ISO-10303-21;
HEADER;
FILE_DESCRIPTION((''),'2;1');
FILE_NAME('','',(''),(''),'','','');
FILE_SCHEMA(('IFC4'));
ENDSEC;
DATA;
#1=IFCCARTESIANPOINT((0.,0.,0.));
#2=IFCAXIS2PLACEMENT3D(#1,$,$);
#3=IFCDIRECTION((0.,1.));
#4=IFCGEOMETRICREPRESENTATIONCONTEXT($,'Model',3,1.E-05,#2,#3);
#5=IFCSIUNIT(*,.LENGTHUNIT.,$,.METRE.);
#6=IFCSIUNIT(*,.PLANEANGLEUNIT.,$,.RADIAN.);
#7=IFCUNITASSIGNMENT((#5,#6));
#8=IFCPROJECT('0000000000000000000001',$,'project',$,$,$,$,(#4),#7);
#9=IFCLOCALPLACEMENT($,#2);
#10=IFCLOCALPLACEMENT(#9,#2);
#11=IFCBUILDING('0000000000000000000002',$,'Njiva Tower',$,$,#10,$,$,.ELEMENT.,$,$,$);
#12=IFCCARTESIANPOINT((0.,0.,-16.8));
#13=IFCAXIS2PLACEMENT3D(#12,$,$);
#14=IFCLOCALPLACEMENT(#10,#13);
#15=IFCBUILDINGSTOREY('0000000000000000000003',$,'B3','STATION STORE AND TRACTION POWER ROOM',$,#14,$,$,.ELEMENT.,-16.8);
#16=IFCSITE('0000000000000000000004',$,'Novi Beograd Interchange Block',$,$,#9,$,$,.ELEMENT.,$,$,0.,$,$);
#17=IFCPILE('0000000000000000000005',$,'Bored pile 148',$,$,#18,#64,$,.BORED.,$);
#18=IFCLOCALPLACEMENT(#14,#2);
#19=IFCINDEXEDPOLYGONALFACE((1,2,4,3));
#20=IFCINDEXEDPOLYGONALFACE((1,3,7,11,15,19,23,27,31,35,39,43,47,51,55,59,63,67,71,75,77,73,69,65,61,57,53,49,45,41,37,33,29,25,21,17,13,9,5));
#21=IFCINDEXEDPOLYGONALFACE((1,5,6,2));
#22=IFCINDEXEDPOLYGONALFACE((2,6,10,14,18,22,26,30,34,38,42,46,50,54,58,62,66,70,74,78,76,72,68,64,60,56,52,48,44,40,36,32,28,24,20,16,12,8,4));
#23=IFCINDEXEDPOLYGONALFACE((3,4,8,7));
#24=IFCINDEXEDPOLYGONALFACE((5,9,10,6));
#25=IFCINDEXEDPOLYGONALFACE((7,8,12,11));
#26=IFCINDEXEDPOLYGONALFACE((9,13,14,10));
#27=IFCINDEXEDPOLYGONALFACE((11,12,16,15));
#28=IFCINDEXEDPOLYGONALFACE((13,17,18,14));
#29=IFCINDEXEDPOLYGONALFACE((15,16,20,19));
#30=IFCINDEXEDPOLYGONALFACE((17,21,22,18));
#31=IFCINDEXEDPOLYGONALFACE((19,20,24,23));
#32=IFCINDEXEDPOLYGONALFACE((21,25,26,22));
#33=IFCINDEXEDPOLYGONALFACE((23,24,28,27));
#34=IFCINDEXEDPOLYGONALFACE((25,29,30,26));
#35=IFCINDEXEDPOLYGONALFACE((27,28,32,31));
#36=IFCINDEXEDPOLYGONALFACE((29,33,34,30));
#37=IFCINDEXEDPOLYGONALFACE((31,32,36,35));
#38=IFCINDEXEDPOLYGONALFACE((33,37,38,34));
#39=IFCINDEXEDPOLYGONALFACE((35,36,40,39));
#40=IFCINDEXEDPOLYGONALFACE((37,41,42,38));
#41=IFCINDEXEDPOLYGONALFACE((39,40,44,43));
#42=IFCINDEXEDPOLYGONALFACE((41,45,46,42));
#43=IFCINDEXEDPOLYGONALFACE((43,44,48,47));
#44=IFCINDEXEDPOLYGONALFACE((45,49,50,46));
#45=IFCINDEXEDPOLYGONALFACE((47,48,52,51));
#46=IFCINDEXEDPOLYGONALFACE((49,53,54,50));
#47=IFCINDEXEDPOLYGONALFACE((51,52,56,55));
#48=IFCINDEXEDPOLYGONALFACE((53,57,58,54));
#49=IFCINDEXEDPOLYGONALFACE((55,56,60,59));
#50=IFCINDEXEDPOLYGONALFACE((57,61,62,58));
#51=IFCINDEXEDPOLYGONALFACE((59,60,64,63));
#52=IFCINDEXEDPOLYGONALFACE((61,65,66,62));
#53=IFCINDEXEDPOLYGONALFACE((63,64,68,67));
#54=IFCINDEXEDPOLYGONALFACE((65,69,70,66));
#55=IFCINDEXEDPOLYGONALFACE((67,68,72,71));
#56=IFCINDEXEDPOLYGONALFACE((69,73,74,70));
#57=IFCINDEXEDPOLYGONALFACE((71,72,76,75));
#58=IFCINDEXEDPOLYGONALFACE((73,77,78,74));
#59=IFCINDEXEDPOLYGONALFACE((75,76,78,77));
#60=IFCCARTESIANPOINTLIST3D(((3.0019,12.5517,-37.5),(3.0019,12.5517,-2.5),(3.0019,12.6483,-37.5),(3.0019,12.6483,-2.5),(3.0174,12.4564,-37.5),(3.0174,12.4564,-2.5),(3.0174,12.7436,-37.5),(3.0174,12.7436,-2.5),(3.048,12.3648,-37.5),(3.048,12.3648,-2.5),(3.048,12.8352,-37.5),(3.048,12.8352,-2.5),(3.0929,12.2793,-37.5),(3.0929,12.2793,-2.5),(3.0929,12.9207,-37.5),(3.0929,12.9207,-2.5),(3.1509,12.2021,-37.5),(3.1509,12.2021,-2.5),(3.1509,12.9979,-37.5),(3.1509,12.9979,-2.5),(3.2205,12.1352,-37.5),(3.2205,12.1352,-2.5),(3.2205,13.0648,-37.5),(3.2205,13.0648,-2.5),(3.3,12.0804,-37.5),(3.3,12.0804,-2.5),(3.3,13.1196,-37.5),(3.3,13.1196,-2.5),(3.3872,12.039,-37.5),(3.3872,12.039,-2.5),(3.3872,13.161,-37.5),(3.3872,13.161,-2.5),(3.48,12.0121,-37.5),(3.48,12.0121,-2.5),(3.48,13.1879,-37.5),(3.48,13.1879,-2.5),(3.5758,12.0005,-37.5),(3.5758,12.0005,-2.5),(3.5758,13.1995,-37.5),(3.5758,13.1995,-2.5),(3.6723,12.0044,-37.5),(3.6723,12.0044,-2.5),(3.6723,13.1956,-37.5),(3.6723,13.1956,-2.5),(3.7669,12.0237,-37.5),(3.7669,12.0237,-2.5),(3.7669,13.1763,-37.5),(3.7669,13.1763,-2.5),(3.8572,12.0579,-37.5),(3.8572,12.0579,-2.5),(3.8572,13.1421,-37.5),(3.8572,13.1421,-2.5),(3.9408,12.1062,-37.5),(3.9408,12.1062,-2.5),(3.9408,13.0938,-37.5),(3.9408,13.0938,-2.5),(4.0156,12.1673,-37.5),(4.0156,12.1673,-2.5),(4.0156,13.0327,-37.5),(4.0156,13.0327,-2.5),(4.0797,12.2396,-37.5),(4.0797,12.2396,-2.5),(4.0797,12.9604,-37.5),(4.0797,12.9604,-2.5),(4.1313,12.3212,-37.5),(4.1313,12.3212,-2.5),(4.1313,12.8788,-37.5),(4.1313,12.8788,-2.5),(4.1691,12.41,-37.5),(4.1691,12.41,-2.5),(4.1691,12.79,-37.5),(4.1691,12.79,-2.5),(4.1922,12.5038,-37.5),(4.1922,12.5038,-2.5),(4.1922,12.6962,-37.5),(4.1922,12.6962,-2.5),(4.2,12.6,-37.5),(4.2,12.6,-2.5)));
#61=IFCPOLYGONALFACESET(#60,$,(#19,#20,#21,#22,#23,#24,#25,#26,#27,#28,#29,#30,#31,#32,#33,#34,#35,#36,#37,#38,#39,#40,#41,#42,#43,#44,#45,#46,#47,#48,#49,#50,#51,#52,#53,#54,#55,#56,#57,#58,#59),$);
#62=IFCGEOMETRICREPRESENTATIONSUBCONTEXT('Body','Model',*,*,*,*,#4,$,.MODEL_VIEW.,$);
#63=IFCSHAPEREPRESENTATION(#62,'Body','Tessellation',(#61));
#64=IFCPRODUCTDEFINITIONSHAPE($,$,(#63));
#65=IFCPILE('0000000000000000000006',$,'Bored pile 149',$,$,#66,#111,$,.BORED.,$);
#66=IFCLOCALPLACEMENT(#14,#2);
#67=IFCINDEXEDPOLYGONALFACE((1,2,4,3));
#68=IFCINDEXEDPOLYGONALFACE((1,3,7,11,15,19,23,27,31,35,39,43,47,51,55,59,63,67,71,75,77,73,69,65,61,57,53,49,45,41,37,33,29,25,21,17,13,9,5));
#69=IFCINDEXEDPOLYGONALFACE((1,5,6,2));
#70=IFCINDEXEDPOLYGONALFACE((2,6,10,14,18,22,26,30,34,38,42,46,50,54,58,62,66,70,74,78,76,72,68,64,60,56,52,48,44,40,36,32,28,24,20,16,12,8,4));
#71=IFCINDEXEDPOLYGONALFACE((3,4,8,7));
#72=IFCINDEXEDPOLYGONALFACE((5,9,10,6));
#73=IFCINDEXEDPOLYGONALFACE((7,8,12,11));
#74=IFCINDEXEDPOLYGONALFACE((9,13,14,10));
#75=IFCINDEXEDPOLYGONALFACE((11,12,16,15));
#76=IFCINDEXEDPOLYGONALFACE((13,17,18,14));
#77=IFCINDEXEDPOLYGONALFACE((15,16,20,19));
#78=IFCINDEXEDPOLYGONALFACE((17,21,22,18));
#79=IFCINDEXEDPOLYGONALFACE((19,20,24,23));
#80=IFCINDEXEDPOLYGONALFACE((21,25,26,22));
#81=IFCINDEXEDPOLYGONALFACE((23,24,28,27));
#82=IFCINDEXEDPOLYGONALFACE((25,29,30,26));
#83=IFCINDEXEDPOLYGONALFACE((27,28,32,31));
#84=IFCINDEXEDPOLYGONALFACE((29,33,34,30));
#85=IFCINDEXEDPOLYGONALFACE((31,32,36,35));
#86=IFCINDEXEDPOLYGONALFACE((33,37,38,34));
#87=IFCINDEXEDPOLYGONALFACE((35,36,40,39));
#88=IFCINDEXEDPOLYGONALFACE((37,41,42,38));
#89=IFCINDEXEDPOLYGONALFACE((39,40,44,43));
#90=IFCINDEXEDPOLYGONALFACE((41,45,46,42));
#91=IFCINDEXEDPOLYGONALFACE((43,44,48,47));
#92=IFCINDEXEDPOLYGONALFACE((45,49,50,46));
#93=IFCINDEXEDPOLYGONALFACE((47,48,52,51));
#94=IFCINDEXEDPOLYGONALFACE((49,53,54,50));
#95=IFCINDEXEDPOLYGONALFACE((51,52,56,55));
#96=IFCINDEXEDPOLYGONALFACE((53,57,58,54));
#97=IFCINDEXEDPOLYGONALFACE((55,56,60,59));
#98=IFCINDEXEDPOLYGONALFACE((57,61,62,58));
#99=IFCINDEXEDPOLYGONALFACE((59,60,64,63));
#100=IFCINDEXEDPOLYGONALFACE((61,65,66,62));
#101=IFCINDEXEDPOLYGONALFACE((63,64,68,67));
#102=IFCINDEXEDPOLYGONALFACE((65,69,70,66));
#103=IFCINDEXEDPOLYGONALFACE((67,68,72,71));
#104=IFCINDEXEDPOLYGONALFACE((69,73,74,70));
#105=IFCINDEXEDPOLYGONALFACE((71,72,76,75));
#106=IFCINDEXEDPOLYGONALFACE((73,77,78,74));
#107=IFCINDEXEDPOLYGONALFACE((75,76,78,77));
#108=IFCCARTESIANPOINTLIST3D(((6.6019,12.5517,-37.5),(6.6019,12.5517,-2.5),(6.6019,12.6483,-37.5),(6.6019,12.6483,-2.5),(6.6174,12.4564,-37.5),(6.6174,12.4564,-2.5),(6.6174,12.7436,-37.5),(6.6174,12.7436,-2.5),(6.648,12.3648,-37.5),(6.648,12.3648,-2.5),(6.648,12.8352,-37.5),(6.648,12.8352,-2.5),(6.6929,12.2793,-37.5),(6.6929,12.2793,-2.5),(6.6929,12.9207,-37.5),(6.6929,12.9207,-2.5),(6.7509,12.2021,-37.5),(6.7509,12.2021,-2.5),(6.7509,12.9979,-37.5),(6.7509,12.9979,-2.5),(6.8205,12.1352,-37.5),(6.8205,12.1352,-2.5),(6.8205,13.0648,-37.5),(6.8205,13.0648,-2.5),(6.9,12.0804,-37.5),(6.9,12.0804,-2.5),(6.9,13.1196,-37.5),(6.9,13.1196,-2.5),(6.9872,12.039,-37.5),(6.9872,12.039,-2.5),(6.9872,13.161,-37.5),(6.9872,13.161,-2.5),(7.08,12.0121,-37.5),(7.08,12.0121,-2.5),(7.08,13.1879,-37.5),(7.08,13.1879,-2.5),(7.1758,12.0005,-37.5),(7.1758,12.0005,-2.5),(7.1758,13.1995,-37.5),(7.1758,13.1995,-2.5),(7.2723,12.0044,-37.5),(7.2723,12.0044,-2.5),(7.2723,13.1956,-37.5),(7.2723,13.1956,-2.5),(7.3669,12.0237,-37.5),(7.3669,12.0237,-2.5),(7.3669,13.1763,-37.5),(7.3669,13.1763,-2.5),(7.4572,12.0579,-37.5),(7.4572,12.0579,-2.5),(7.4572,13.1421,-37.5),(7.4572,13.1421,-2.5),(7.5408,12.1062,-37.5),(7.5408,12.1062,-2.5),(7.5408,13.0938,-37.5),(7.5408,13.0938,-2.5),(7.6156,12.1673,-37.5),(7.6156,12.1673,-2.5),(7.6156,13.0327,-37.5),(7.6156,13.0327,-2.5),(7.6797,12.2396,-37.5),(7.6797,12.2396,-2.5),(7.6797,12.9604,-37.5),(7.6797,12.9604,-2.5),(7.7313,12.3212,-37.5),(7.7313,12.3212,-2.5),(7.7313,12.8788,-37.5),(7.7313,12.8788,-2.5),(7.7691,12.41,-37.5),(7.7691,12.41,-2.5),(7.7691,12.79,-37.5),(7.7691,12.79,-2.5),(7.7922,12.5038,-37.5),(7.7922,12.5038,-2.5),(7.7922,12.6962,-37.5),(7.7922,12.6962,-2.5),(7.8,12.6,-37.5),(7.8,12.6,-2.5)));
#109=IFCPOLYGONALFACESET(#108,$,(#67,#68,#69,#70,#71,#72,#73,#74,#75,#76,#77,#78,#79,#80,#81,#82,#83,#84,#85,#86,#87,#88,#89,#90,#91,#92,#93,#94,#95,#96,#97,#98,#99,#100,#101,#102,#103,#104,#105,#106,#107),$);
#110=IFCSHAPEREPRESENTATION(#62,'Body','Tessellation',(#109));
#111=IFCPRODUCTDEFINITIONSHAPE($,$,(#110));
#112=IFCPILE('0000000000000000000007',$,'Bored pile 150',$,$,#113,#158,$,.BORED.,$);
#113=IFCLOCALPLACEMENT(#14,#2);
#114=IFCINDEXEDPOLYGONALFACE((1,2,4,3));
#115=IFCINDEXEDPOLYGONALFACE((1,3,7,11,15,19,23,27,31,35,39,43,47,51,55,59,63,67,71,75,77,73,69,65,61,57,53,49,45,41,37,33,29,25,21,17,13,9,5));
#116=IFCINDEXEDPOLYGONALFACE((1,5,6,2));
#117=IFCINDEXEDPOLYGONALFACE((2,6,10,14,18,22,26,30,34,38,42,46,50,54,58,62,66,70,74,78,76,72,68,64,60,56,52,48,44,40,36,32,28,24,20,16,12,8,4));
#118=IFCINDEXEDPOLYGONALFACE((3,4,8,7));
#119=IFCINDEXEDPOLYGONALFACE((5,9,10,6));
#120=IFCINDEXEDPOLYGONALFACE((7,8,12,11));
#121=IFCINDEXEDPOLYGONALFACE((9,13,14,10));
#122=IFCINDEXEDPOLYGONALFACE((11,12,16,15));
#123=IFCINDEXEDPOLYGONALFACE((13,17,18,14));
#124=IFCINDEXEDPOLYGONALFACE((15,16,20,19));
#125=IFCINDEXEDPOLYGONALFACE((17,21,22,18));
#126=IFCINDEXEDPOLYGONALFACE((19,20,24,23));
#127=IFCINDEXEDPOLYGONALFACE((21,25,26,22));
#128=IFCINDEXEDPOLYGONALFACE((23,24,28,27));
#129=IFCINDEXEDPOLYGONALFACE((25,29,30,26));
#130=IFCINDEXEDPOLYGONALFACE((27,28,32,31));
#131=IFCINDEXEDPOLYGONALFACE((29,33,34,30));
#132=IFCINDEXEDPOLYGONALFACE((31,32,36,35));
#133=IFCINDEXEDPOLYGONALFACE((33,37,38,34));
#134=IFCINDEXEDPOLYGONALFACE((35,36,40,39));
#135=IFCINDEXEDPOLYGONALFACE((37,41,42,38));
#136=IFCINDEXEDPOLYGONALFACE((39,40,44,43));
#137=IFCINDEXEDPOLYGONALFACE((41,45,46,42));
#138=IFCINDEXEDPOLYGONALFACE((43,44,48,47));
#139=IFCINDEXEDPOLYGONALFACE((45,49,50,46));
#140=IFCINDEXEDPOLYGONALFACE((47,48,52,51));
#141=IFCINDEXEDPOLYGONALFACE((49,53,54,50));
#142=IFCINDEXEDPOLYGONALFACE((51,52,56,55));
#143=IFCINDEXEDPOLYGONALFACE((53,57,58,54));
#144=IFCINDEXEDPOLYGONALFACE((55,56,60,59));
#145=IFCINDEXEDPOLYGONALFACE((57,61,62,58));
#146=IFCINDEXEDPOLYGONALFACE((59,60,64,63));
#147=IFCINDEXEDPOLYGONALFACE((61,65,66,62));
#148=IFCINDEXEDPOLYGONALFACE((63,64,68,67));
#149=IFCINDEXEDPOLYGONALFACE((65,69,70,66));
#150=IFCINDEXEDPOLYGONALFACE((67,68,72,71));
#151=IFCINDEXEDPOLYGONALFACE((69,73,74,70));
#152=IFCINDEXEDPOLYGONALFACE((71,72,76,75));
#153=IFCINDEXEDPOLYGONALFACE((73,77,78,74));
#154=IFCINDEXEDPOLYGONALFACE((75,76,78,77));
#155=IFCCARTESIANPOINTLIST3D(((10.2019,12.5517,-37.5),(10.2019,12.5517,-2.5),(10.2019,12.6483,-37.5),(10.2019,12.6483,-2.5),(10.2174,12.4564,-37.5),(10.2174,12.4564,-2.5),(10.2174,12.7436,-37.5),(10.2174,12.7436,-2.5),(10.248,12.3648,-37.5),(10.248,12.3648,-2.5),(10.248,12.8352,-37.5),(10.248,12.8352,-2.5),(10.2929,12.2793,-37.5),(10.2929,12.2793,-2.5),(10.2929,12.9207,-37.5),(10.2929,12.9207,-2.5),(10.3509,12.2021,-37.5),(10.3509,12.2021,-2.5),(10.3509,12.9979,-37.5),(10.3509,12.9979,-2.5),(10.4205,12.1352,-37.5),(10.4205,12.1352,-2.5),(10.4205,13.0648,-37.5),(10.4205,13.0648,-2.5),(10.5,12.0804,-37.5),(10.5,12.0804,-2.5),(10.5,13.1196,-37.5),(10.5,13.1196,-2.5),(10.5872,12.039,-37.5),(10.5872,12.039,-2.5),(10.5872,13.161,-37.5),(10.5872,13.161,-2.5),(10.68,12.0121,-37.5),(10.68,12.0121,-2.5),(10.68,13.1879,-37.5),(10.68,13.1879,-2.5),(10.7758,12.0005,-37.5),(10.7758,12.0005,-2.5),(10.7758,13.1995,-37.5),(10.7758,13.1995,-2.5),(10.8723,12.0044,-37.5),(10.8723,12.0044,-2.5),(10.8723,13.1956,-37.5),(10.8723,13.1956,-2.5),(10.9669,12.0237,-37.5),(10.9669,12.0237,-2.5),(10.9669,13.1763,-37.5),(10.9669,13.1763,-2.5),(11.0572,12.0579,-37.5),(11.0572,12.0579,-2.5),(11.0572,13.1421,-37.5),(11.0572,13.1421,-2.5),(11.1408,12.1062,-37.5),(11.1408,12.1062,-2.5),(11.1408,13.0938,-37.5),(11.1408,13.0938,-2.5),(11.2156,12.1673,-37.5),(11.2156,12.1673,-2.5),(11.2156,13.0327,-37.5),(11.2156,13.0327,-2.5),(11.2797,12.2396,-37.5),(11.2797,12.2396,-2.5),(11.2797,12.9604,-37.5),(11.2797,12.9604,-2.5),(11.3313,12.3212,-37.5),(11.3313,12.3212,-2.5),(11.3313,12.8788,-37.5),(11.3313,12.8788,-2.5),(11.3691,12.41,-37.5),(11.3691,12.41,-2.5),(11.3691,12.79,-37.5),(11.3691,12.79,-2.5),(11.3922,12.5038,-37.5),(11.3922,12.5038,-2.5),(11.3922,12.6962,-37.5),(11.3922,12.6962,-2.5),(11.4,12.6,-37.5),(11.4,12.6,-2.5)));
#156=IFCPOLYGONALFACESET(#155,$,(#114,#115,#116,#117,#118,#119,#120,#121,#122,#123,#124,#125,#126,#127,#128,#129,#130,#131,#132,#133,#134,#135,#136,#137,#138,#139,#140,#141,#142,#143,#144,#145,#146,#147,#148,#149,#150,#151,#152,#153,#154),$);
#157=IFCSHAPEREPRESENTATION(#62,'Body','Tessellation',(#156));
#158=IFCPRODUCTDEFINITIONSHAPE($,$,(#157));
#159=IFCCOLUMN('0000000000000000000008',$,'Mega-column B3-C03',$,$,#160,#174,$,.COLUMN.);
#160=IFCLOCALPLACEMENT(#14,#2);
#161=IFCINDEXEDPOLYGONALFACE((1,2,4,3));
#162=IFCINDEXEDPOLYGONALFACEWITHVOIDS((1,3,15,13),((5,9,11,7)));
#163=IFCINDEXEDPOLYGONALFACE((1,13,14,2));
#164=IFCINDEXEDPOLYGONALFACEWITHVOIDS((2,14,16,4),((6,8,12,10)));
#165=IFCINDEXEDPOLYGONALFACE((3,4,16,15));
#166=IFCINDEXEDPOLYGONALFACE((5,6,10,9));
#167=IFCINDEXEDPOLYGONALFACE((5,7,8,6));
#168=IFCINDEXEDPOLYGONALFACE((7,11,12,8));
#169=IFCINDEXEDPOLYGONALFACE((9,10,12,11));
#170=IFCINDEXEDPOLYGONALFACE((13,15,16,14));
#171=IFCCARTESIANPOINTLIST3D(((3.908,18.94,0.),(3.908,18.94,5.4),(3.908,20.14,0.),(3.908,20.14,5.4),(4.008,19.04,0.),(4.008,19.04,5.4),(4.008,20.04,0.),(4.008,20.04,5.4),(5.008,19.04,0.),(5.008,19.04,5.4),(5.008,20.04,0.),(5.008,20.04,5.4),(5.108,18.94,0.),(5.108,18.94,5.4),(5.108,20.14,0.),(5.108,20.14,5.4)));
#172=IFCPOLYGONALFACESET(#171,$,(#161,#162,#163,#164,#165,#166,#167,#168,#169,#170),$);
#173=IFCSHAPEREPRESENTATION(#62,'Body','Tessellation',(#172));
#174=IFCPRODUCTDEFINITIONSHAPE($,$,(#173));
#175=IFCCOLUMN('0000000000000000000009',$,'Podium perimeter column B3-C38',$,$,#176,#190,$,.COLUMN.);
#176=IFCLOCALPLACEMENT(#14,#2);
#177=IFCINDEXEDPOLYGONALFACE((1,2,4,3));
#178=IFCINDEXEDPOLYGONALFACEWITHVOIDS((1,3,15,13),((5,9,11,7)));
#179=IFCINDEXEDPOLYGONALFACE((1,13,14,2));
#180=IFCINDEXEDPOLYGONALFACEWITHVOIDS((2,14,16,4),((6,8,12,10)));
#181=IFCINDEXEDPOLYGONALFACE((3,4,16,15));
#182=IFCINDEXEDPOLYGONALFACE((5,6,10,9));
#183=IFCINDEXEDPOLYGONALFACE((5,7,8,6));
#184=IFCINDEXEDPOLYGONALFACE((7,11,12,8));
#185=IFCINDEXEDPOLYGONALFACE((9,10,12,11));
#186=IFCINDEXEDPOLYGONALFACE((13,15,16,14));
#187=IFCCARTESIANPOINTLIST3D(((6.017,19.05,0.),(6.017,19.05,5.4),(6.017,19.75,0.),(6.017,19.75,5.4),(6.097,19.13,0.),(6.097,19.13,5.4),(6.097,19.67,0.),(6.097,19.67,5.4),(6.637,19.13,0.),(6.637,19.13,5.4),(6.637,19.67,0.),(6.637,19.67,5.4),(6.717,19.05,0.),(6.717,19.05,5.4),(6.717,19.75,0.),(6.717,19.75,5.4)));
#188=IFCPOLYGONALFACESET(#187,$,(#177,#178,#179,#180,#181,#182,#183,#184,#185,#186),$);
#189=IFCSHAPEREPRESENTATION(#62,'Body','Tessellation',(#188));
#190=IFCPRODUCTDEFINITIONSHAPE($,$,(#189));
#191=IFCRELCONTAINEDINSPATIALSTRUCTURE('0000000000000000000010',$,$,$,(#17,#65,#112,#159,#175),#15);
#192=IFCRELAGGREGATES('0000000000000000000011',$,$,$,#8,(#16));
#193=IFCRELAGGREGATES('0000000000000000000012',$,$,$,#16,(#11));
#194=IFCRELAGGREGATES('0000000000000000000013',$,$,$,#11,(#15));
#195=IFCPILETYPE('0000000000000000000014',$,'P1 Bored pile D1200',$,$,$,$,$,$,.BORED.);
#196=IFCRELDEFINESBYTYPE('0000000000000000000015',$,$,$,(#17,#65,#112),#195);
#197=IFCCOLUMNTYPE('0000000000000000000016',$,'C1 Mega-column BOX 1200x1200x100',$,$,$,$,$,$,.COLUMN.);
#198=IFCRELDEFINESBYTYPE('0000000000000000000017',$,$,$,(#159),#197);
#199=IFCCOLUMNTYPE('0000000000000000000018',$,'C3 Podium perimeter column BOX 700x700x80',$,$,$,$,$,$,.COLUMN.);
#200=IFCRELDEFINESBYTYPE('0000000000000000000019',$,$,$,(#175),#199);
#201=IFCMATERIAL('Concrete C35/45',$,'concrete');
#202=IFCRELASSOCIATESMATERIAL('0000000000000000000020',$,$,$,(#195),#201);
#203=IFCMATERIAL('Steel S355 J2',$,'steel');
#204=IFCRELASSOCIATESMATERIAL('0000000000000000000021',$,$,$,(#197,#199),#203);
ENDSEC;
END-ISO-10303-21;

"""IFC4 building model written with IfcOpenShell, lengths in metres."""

from ifc_helpers import new_model, si_unit, direction, frame, origin, origin_2d, place, context, subcontext, project, spatial, hollow_rectangle, circle, extrude, material, material_profile, profile_set, type_object, element, save


model = new_model("IFC4")

# Units and contexts
model_context = context("Model", 3, precision=1e-05, world=origin(), true_north=direction((0.0, 1.0)))
body_context = subcontext(model_context, "Body", "Model", "MODEL_VIEW")
ifc_project = project(units=[si_unit("LENGTHUNIT", "METRE"), si_unit("PLANEANGLEUNIT", "RADIAN")], contexts=[model_context])

# Site, building, storey
site_placement = place(None, origin())
site = spatial("IfcSite", under=ifc_project, at=site_placement, Name="Novi Beograd Interchange Block", CompositionType="ELEMENT", RefElevation=0.0)
building_placement = place(site_placement, origin())
building = spatial("IfcBuilding", under=site, at=building_placement, Name="Njiva Tower", CompositionType="ELEMENT")
storey_placement = place(building_placement, frame((0.0, 0.0, -16.8)))
storey = spatial("IfcBuildingStorey", under=building, at=storey_placement, Name="B3", Description="STATION STORE AND TRACTION POWER ROOM", CompositionType="ELEMENT", Elevation=-16.8)

# Piles
ifc_material_1 = material(Name="Concrete C35/45", Category="concrete")
ifc_material_profile_1 = material_profile(ifc_material_1, circle(Radius=0.6, at=origin_2d()), Name="D1200")
ifc_profile_set_1 = profile_set([ifc_material_profile_1], Name="Concrete C35/45")
pile_type = type_object("IfcPileType", Name="P1 Bored pile D1200", PredefinedType="BORED", material=ifc_profile_set_1)
for number, where, z_axis, x_axis, name in (
    (1, (3.6, 12.6, -2.5), (0.0, 0.0, -1.0), (1.0, 0.0, 0.0), "Bored pile 148"),
    (2, (7.2, 12.6, -2.5), (0.0, 0.0, -1.0), (1.0, 0.0, 0.0), "Bored pile 149"),
    (3, (10.8, 12.6, -2.5), (0.0, 0.0, -1.0), (1.0, 0.0, 0.0), "Bored pile 150"),
):
    element("IfcPile", number, at=place(storey_placement, frame(where, z_axis=z_axis, x_axis=x_axis)), inside=storey, type_object=pile_type, Name=name, PredefinedType="BORED", context=body_context, shape_type="SweptSolid", body=[
        extrude(circle(Radius=0.6, at=origin_2d()), origin(), (0.0, 0.0, 1.0), 35.0),
    ])

# Columns
ifc_material_2 = material(Name="Steel S355 J2", Category="steel")
ifc_material_profile_2 = material_profile(ifc_material_2, hollow_rectangle(XDim=1.2, YDim=1.2, WallThickness=0.1, at=origin_2d()), Name="BOX 1200x1200x100")
ifc_profile_set_2 = profile_set([ifc_material_profile_2], Name="Steel S355 J2")
column_type_1 = type_object("IfcColumnType", Name="C1 Mega-column BOX 1200x1200x100", PredefinedType="COLUMN", material=ifc_profile_set_2)
column_1_placement = place(storey_placement, frame((4.508, 19.54, 0.0), z_axis=(0.0, 0.0, 1.0), x_axis=(-1.0, 0.0, 0.0)))
element("IfcColumn", 4, at=column_1_placement, inside=storey, type_object=column_type_1, Name="Mega-column B3-C03", PredefinedType="COLUMN", context=body_context, shape_type="SweptSolid", body=[
    extrude(hollow_rectangle(XDim=1.2, YDim=1.2, WallThickness=0.1, at=origin_2d()), origin(), (0.0, 0.0, 1.0), 5.4),
])
ifc_material_profile_3 = material_profile(ifc_material_2, hollow_rectangle(XDim=0.7, YDim=0.7, WallThickness=0.08, at=origin_2d()), Name="BOX 700x700x80")
ifc_profile_set_3 = profile_set([ifc_material_profile_3], Name="Steel S355 J2")
column_type_2 = type_object("IfcColumnType", Name="C3 Podium perimeter column BOX 700x700x80", PredefinedType="COLUMN", material=ifc_profile_set_3)
column_2_placement = place(storey_placement, frame((6.367, 19.4, 0.0), z_axis=(0.0, 0.0, 1.0), x_axis=(-1.0, 0.0, 0.0)))
element("IfcColumn", 5, at=column_2_placement, inside=storey, type_object=column_type_2, Name="Podium perimeter column B3-C38", PredefinedType="COLUMN", context=body_context, shape_type="SweptSolid", body=[
    extrude(hollow_rectangle(XDim=0.7, YDim=0.7, WallThickness=0.08, at=origin_2d()), origin(), (0.0, 0.0, 1.0), 5.4),
])

save(model, "model.ifc")
